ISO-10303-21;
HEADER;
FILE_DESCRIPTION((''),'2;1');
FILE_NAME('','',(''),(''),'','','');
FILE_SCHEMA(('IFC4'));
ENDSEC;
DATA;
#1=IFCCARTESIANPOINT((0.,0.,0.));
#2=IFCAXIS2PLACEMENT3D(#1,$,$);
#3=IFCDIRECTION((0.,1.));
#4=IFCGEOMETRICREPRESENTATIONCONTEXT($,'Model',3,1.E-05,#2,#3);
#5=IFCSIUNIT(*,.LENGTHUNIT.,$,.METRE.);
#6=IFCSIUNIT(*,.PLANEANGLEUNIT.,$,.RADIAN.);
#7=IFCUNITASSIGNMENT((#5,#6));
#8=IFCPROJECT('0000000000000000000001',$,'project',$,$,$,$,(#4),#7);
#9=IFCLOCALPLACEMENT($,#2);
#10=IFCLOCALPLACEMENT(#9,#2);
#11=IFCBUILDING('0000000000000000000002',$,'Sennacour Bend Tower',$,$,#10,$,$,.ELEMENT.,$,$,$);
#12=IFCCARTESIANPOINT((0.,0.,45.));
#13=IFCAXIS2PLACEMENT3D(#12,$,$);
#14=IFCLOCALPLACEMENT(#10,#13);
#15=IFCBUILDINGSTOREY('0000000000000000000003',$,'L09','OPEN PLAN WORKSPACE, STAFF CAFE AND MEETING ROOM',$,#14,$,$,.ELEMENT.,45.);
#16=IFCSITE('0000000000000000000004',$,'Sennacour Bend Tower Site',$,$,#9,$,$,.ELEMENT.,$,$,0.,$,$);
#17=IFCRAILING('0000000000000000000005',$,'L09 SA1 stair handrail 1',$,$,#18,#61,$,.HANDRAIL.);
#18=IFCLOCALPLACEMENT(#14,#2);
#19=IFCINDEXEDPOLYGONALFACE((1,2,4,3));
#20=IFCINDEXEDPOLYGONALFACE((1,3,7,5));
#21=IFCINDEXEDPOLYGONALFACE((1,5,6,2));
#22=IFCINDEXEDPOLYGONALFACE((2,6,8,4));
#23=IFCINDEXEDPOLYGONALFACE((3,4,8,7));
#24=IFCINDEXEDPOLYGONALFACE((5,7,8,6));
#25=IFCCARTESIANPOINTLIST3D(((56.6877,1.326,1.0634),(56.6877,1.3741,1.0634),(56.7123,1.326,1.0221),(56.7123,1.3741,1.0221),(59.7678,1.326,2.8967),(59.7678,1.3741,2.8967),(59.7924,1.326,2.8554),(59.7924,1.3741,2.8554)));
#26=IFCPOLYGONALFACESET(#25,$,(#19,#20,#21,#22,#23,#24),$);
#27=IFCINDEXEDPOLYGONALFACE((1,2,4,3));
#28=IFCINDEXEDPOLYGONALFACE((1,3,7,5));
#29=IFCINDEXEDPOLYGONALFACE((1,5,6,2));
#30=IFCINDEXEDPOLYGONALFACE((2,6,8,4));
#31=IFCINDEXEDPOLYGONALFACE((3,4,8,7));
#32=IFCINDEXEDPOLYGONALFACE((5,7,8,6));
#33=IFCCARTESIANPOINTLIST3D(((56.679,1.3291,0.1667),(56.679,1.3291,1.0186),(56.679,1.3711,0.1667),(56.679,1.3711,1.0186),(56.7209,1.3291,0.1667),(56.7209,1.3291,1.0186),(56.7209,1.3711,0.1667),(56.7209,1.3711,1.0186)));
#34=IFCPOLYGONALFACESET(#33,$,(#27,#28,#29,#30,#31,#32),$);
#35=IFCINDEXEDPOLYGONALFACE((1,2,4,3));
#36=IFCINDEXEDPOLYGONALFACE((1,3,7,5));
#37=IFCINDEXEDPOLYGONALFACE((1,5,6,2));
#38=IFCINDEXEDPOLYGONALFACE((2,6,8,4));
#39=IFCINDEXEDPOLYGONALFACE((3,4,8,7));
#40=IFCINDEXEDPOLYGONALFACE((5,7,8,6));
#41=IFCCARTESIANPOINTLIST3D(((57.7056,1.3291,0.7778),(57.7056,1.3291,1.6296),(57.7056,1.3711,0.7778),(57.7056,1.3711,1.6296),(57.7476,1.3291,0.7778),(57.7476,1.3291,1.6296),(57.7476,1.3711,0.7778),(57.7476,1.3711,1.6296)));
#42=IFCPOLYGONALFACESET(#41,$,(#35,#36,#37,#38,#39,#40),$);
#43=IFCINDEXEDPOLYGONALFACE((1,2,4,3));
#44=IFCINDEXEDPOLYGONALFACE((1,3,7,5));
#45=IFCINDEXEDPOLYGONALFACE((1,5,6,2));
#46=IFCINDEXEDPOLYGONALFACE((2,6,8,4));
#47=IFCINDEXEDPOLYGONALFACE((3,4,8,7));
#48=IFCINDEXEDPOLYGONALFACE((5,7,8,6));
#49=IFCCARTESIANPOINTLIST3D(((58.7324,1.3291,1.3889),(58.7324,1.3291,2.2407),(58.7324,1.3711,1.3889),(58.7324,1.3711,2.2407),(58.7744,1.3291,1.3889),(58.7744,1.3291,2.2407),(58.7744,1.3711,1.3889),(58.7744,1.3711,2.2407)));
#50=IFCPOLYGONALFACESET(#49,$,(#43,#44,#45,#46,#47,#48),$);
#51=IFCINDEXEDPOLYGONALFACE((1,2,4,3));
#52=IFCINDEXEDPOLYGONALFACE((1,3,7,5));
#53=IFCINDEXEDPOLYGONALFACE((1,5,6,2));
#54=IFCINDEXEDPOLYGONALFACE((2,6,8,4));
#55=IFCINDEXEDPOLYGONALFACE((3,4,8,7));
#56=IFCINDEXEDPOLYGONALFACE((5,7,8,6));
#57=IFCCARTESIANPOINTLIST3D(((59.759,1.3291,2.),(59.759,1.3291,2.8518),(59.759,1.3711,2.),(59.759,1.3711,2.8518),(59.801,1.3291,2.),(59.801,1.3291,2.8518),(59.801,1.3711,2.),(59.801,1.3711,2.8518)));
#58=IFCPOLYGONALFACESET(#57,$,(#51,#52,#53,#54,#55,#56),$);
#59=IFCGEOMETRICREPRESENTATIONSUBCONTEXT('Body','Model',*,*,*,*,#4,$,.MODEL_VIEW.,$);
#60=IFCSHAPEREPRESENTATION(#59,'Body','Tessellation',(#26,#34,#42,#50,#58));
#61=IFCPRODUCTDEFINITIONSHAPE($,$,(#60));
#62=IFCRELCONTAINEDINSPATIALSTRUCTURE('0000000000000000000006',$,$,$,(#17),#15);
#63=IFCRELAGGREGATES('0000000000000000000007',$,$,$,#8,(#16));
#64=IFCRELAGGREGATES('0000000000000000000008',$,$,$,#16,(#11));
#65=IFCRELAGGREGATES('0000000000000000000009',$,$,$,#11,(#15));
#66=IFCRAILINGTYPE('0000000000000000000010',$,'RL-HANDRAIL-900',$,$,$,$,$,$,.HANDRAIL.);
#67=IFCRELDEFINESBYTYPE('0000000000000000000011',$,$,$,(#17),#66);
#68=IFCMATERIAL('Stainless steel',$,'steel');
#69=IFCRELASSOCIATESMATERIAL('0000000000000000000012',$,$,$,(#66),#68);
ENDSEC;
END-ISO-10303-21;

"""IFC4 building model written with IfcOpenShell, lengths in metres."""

from ifc_helpers import new_model, si_unit, direction, frame, origin, origin_2d, place, context, subcontext, project, spatial, rectangle, extrude, material, type_object, element, save


model = new_model("IFC4")

# Units and contexts
model_context = context("Model", 3, precision=1e-05, world=origin(), true_north=direction((0.0, 1.0)))
body_context = subcontext(model_context, "Body", "Model", "MODEL_VIEW")
ifc_project = project(units=[si_unit("LENGTHUNIT", "METRE"), si_unit("PLANEANGLEUNIT", "RADIAN")], contexts=[model_context])

# Site, building, storey
site_placement = place(None, origin())
site = spatial("IfcSite", under=ifc_project, at=site_placement, Name="Sennacour Bend Tower Site", CompositionType="ELEMENT", RefElevation=0.0)
building_placement = place(site_placement, origin())
building = spatial("IfcBuilding", under=site, at=building_placement, Name="Sennacour Bend Tower", CompositionType="ELEMENT")
storey_placement = place(building_placement, frame((0.0, 0.0, 45.0)))
storey = spatial("IfcBuildingStorey", under=building, at=storey_placement, Name="L09", Description="OPEN PLAN WORKSPACE, STAFF CAFE AND MEETING ROOM", CompositionType="ELEMENT", Elevation=45.0)

# Shared definitions
ifc_material_1 = material(Name="Stainless steel", Category="steel")

# Railing
railing_type_1 = type_object("IfcRailingType", Name="RL-HANDRAIL-900", PredefinedType="HANDRAIL", material=ifc_material_1)
railing_1_placement = place(storey_placement, frame((56.7, 1.3501, 0.1667)))
element("IfcRailing", 1, at=railing_1_placement, inside=storey, type_object=railing_type_1, Name="L09 SA1 stair handrail 1", PredefinedType="HANDRAIL", context=body_context, shape_type="SweptSolid", body=[
    extrude(rectangle(XDim=0.0481, YDim=0.0481, at=origin_2d()), frame((0.0, 0.0, 0.876), z_axis=(0.859309, 0.0, 0.511458), x_axis=(0.0, 1.0, 0.0)), (0.0, 0.0, 1.0), 3.5845),
    extrude(rectangle(XDim=0.042, YDim=0.042, at=origin_2d()), origin(), (0.0, 0.0, 1.0), 0.8518),
    extrude(rectangle(XDim=0.042, YDim=0.042, at=origin_2d()), frame((1.0266, 0.0, 0.6111)), (0.0, 0.0, 1.0), 0.8518),
    extrude(rectangle(XDim=0.042, YDim=0.042, at=origin_2d()), frame((2.0535, 0.0, 1.2222)), (0.0, 0.0, 1.0), 0.8518),
    extrude(rectangle(XDim=0.042, YDim=0.042, at=origin_2d()), frame((3.0801, 0.0, 1.8333)), (0.0, 0.0, 1.0), 0.8518),
])

save(model, "model.ifc")
